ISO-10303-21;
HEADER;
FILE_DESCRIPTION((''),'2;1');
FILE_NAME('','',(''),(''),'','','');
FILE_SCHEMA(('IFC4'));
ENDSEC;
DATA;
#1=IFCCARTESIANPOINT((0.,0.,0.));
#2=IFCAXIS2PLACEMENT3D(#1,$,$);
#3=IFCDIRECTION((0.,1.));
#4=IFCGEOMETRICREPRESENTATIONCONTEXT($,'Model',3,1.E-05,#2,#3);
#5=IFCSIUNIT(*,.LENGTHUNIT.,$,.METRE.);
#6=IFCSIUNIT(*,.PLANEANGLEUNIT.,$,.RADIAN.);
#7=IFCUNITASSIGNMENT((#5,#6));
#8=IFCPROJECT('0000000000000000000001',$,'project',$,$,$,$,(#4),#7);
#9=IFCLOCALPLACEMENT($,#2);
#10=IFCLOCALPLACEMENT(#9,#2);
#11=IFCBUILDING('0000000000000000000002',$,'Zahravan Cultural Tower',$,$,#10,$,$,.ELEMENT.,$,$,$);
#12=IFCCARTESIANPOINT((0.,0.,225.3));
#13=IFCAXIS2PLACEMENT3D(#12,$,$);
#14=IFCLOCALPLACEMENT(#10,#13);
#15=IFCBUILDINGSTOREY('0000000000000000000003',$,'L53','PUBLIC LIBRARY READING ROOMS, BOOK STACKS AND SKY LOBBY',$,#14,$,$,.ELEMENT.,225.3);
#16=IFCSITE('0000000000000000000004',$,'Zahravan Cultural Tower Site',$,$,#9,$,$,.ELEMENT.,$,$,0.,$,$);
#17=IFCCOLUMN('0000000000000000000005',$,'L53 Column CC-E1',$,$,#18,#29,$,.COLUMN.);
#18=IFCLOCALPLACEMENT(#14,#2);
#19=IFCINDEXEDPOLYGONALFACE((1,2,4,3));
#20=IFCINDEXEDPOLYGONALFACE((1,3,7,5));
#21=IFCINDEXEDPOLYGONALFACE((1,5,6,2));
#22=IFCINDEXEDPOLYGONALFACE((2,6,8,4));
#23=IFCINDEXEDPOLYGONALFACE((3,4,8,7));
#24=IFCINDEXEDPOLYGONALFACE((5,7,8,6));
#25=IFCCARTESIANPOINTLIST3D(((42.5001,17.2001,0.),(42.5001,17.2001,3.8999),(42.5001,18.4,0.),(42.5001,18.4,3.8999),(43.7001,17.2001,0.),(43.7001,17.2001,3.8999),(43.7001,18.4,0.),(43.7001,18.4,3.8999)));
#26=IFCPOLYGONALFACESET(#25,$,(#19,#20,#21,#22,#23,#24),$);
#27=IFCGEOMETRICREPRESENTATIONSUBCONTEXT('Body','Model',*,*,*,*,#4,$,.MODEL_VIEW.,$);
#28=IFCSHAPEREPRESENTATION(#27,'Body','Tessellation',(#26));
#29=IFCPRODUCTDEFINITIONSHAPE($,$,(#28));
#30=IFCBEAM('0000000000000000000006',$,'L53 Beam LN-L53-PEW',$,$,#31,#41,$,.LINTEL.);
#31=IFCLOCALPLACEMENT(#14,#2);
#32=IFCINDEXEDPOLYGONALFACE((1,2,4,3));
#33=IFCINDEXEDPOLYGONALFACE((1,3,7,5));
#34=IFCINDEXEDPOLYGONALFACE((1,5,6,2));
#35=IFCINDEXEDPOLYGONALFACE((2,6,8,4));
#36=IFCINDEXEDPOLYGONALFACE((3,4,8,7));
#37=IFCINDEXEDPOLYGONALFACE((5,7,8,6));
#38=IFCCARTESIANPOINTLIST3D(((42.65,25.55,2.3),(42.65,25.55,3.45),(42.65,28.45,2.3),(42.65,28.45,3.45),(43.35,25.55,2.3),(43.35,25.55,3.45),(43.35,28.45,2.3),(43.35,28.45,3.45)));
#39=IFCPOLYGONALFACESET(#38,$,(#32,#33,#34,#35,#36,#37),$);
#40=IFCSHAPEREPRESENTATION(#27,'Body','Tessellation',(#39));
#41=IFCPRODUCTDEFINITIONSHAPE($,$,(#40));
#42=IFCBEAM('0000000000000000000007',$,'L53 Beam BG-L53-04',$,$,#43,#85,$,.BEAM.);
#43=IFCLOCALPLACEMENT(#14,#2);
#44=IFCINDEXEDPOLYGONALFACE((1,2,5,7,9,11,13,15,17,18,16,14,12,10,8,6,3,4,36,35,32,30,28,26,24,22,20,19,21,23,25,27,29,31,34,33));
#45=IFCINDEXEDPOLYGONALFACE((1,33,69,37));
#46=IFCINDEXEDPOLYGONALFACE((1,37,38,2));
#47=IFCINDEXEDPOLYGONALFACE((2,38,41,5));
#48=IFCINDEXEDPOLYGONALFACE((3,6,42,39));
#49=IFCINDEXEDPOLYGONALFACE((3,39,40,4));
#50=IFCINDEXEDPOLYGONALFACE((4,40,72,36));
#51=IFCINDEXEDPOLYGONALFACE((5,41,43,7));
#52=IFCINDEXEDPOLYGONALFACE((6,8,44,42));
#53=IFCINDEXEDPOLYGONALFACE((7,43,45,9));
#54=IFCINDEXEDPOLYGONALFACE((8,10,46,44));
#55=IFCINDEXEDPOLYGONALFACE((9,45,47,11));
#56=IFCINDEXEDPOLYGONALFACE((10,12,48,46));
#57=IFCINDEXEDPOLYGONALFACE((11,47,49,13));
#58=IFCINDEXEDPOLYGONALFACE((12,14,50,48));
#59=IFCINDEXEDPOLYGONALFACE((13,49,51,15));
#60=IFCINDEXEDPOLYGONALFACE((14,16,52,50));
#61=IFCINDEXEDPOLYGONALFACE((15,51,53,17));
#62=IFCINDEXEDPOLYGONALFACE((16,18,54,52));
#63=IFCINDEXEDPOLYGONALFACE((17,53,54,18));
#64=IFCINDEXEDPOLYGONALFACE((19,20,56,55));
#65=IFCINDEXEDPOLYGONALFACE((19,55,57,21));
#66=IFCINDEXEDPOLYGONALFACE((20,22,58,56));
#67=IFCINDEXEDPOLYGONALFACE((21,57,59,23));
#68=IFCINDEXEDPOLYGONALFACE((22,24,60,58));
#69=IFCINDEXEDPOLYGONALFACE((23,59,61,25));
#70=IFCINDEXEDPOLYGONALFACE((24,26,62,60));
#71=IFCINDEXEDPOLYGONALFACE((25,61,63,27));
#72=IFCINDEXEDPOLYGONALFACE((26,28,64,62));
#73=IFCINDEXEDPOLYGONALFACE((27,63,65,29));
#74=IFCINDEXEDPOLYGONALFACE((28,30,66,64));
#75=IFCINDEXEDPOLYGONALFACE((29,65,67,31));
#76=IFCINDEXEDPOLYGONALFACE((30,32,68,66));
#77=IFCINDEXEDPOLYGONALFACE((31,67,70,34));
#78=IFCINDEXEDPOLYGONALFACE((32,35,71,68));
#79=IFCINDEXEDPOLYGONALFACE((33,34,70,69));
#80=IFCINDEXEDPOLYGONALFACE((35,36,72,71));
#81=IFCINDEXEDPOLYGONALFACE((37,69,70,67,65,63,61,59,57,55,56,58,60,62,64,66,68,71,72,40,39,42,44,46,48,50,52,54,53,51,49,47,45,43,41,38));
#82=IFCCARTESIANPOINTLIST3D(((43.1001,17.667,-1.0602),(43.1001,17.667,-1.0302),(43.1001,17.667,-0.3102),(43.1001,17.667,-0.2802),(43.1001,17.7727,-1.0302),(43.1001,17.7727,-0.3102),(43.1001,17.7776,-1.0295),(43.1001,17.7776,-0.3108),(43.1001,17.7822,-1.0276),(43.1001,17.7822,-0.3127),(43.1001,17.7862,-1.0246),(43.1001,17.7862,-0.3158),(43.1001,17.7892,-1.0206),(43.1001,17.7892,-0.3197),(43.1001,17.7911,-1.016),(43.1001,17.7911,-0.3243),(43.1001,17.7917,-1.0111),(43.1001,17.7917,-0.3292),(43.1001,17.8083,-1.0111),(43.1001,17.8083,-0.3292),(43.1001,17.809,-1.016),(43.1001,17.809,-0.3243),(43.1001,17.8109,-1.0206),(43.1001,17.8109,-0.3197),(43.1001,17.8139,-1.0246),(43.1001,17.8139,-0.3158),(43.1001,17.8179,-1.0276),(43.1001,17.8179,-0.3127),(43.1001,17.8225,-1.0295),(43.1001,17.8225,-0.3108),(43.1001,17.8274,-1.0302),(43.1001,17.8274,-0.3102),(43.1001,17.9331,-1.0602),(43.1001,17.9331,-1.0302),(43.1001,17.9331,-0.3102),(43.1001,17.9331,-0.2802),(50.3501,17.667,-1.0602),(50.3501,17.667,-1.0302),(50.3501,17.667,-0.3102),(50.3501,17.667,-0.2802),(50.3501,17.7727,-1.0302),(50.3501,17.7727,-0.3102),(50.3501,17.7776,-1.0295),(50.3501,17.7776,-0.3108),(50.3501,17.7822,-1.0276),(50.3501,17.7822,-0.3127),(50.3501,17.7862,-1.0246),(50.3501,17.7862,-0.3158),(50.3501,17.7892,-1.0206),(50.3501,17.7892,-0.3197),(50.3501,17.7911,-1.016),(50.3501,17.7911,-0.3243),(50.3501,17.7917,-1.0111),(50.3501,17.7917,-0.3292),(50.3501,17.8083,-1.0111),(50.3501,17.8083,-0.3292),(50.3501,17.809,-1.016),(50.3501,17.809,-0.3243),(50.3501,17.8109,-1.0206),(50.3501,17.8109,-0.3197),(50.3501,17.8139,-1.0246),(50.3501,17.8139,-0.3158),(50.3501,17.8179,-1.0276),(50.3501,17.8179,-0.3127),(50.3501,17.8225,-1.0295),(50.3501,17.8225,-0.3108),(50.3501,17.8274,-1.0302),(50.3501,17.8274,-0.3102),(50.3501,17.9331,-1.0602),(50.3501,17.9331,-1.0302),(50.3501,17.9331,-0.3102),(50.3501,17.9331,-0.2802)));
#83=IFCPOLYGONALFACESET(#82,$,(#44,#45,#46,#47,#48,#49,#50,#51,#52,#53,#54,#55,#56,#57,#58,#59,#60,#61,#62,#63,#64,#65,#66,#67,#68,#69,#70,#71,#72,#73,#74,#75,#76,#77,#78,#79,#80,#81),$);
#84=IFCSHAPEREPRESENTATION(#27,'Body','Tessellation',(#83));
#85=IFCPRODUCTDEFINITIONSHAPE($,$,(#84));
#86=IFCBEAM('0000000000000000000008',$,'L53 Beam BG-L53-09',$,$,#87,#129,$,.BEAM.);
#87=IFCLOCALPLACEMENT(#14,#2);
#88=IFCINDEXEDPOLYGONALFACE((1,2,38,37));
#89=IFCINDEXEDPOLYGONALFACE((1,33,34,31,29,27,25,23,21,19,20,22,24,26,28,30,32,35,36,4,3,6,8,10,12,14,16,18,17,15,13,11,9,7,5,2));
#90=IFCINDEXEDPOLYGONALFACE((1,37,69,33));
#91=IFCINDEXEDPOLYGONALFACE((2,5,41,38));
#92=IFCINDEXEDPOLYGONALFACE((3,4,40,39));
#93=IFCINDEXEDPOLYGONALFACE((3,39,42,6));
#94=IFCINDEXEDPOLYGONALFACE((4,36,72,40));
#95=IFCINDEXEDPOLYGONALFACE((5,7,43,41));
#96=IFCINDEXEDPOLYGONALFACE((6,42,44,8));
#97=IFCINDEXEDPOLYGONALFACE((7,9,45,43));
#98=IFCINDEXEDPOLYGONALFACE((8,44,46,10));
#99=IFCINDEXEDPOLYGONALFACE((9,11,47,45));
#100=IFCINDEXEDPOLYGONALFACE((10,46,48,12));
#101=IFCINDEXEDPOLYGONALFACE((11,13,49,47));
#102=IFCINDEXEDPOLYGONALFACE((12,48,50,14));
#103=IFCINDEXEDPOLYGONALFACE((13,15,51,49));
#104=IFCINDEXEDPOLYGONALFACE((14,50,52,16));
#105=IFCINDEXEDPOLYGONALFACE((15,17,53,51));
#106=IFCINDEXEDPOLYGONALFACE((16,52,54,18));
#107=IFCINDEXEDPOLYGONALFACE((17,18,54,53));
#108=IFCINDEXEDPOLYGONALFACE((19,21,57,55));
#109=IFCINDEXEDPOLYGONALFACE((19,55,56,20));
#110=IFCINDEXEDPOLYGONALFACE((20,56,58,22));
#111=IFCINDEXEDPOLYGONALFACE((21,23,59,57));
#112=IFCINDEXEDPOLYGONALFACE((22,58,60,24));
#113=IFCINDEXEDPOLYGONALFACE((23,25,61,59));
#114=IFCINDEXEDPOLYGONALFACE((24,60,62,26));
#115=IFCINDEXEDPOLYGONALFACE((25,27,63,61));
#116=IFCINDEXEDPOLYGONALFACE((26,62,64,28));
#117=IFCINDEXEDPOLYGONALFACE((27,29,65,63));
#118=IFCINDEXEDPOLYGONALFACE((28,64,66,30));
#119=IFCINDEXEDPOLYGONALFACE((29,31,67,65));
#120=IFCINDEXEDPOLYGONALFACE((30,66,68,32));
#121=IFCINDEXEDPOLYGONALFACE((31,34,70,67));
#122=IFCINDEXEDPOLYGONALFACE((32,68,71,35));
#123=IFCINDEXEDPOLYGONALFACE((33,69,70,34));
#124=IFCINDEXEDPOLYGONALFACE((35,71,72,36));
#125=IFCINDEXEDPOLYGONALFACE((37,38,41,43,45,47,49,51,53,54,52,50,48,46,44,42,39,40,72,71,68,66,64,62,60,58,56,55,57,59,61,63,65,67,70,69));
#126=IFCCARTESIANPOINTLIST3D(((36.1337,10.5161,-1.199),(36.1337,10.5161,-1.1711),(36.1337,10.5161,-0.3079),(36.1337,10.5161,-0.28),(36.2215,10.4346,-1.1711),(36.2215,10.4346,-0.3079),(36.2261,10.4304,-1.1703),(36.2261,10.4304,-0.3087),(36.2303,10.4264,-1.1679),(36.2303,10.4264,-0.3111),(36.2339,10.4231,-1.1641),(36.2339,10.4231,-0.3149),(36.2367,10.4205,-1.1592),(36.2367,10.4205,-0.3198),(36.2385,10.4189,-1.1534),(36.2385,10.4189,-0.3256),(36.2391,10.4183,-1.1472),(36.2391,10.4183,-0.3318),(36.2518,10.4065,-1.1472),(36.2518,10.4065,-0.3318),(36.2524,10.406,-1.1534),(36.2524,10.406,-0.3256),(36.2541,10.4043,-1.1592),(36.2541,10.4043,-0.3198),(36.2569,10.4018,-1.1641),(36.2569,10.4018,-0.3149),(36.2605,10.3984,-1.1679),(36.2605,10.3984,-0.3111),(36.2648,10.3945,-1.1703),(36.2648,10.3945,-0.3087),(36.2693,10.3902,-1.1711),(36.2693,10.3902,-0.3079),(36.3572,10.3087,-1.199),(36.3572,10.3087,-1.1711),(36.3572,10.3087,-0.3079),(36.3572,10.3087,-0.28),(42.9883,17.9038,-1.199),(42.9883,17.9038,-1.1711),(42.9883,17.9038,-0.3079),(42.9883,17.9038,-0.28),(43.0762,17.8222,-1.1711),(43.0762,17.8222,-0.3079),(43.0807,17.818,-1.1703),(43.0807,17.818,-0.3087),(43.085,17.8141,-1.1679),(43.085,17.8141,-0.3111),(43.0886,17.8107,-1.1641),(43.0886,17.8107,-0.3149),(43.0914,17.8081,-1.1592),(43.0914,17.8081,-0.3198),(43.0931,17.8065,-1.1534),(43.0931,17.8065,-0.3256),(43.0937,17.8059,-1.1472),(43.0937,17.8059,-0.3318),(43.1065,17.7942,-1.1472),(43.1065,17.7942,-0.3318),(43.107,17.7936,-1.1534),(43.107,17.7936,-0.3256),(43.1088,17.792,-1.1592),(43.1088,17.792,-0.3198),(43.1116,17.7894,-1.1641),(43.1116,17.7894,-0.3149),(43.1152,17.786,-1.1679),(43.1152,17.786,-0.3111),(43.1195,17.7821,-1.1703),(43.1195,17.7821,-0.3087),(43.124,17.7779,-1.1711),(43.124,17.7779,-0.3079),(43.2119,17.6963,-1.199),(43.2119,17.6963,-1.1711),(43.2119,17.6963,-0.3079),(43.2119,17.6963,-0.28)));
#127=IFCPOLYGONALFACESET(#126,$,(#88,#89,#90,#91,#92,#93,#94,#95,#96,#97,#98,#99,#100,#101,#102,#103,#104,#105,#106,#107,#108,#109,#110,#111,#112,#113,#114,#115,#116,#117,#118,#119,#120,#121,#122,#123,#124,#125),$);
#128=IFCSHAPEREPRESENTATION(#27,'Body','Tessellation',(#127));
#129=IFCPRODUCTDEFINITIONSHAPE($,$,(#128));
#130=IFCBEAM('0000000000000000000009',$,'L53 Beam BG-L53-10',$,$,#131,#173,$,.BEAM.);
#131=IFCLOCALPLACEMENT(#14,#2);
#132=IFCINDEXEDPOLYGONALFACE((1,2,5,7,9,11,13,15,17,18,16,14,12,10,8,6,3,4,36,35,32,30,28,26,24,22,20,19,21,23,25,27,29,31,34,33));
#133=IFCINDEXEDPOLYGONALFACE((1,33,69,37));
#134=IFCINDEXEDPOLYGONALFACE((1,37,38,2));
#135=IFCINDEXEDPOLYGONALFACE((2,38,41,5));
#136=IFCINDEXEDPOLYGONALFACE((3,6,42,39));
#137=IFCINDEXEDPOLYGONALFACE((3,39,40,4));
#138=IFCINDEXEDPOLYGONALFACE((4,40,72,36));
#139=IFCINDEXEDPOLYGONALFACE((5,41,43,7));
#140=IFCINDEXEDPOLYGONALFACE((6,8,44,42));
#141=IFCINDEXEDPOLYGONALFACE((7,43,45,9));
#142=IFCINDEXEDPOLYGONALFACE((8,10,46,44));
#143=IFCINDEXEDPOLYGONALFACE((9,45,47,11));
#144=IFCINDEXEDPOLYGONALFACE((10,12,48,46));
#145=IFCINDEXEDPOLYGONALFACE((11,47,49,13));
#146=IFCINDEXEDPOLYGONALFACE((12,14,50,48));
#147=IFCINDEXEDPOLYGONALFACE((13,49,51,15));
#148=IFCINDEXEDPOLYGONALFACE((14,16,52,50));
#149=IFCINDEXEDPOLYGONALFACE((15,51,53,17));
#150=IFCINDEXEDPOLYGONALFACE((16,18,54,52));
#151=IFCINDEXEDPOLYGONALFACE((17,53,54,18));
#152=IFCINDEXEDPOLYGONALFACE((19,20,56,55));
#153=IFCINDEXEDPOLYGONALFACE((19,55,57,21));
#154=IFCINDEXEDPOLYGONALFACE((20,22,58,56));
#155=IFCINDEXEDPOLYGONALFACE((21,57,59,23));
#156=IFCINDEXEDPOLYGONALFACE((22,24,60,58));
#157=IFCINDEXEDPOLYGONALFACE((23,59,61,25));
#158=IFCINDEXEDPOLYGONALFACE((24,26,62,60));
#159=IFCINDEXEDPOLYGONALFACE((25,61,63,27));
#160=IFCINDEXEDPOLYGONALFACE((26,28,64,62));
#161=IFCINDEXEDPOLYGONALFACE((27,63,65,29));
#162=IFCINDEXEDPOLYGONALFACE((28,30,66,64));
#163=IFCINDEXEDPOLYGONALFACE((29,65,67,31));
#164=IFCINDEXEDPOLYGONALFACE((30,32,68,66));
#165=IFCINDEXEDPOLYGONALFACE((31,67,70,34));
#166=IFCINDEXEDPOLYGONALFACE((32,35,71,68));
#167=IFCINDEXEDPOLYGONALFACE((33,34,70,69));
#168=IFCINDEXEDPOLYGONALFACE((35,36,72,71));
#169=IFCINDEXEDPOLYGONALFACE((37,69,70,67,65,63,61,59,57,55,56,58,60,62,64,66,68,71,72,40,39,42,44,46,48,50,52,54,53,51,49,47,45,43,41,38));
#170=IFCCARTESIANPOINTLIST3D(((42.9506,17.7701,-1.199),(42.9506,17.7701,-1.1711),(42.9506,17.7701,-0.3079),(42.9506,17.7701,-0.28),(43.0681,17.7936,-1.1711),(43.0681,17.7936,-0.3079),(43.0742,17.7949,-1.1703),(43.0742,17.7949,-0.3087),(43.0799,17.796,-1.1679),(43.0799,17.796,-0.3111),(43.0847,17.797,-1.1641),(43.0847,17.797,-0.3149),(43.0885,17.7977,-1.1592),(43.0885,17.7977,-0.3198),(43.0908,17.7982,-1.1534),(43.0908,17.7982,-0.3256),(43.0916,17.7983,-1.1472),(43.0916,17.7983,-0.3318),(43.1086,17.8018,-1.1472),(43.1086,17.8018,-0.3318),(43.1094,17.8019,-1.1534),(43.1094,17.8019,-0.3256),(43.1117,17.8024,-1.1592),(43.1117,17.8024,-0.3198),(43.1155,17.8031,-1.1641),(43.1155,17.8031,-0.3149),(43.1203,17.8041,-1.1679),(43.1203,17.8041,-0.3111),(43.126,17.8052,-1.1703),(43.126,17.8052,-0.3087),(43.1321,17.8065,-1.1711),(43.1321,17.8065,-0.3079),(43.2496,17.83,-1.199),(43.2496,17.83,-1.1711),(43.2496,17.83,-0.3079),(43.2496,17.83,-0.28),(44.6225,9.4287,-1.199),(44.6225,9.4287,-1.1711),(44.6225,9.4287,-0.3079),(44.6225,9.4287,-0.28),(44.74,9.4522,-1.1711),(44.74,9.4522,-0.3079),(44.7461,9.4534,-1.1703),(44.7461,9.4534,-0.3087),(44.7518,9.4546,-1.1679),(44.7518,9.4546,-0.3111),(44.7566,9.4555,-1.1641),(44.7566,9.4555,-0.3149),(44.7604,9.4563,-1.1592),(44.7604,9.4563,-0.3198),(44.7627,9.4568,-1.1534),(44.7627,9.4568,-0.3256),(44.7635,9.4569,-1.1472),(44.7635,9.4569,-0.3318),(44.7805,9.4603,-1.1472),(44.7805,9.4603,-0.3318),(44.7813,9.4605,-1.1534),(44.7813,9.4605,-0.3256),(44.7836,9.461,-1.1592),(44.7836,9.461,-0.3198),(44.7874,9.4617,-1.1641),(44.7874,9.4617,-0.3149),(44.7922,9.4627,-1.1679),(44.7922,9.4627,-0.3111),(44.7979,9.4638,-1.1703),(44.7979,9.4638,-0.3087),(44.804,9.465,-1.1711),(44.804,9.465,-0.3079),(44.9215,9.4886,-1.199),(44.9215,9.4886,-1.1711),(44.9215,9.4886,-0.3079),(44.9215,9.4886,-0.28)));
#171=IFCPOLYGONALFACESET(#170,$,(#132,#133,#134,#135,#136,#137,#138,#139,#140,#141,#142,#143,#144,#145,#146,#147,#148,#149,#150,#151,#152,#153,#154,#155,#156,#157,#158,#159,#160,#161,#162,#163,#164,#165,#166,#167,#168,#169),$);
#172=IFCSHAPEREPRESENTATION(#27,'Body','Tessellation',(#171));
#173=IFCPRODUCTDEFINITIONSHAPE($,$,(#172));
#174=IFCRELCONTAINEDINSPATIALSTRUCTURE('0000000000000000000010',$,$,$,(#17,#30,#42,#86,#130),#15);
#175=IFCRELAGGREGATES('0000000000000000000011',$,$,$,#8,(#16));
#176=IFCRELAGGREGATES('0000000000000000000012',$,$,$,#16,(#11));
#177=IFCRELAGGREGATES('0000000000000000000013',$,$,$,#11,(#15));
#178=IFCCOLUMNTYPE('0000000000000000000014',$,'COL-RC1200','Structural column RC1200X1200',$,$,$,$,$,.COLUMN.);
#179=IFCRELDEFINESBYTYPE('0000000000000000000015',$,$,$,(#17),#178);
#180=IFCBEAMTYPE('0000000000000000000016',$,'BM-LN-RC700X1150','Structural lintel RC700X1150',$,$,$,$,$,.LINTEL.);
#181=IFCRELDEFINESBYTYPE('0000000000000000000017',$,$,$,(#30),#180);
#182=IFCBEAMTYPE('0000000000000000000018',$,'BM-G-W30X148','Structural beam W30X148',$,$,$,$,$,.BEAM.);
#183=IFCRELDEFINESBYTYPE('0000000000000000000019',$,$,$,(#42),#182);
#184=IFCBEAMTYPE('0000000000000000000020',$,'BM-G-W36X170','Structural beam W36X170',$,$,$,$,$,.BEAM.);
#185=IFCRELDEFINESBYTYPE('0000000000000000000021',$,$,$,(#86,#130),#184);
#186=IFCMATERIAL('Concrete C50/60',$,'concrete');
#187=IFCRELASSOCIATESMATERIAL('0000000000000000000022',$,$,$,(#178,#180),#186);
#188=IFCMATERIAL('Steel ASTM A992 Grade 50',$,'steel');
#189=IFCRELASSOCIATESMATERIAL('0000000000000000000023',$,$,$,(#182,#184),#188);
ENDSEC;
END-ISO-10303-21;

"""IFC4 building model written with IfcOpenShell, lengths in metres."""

from ifc_helpers import new_model, si_unit, direction, frame, origin, origin_2d, place, context, subcontext, project, spatial, rectangle, i_section, extrude, source, transform, mapped, material, material_profile, profile_set, type_object, element, save


model = new_model("IFC4")

# Units and contexts
model_context = context("Model", 3, precision=1e-05, world=origin(), true_north=direction((0.0, 1.0)))
body_context = subcontext(model_context, "Body", "Model", "MODEL_VIEW")
ifc_project = project(units=[si_unit("LENGTHUNIT", "METRE"), si_unit("PLANEANGLEUNIT", "RADIAN")], contexts=[model_context])

# Site, building, storey
site_placement = place(None, origin())
site = spatial("IfcSite", under=ifc_project, at=site_placement, Name="Zahravan Cultural Tower Site", CompositionType="ELEMENT", RefElevation=0.0)
building_placement = place(site_placement, origin())
building = spatial("IfcBuilding", under=site, at=building_placement, Name="Zahravan Cultural Tower", CompositionType="ELEMENT")
storey_placement = place(building_placement, frame((0.0, 0.0, 225.3)))
storey = spatial("IfcBuildingStorey", under=building, at=storey_placement, Name="L53", Description="PUBLIC LIBRARY READING ROOMS, BOOK STACKS AND SKY LOBBY", CompositionType="ELEMENT", Elevation=225.3)

# Column
ifc_material_1 = material(Name="Concrete C50/60", Category="concrete")
ifc_material_profile_1 = material_profile(ifc_material_1, rectangle(XDim=1.2, YDim=1.2, at=origin_2d()), Name="RC1200X1200")
ifc_profile_set_1 = profile_set([ifc_material_profile_1], Name="Concrete C50/60")
column_type = type_object("IfcColumnType", Name="COL-RC1200", Description="Structural column RC1200X1200", PredefinedType="COLUMN", material=ifc_profile_set_1)
shared_shape_1 = source(origin(), body_context, "Body", "SweptSolid", [
    extrude(rectangle(XDim=1.2, YDim=1.2, at=origin_2d()), origin(), (0.0, 0.0, 1.0), 3.8999),
])
column_placement = place(storey_placement, frame((43.1001, 17.8, 0.0), z_axis=(0.0, 0.0, 1.0), x_axis=(1.0, 0.0, 0.0)))
element("IfcColumn", 1, at=column_placement, inside=storey, type_object=column_type, Name="L53 Column CC-E1", PredefinedType="COLUMN", context=body_context, shape_type="MappedRepresentation", body=[
    mapped(shared_shape_1, transform((0.0, 0.0, 0.0), x_axis=(1.0, 0.0, 0.0), y_axis=(0.0, 1.0, 0.0), z_axis=(0.0, 0.0, 1.0), scale=1.0)),
])

# Beams
ifc_material_profile_2 = material_profile(ifc_material_1, rectangle(XDim=0.7, YDim=1.1499, at=origin_2d()), Name="RC700X1150")
ifc_profile_set_2 = profile_set([ifc_material_profile_2], Name="Concrete C50/60")
beam_type_1 = type_object("IfcBeamType", Name="BM-LN-RC700X1150", Description="Structural lintel RC700X1150", PredefinedType="LINTEL", material=ifc_profile_set_2)
shared_shape_2 = source(origin(), body_context, "Body", "SweptSolid", [
    extrude(rectangle(XDim=0.7, YDim=1.1499, at=origin_2d()), origin(), (0.0, 0.0, 1.0), 2.8999),
])
beam_1_placement = place(storey_placement, frame((43.0, 25.55, 2.875), z_axis=(0.0, 1.0, 0.0), x_axis=(-1.0, 0.0, 0.0)))
element("IfcBeam", 2, at=beam_1_placement, inside=storey, type_object=beam_type_1, Name="L53 Beam LN-L53-PEW", PredefinedType="LINTEL", context=body_context, shape_type="MappedRepresentation", body=[
    mapped(shared_shape_2, transform((0.0, 0.0, 0.0), x_axis=(1.0, 0.0, 0.0), y_axis=(0.0, 1.0, 0.0), z_axis=(0.0, 0.0, 1.0), scale=1.0)),
])
ifc_material_2 = material(Name="Steel ASTM A992 Grade 50", Category="steel")
ifc_material_profile_3 = material_profile(ifc_material_2, i_section(OverallWidth=0.2661, OverallDepth=0.78, WebThickness=0.0166, FlangeThickness=0.03, FilletRadius=0.019, at=origin_2d()), Name="W30X148")
ifc_profile_set_3 = profile_set([ifc_material_profile_3], Name="Steel ASTM A992 Grade 50")
beam_type_2 = type_object("IfcBeamType", Name="BM-G-W30X148", Description="Structural beam W30X148", PredefinedType="BEAM", material=ifc_profile_set_3)
shared_shape_3 = source(origin(), body_context, "Body", "SweptSolid", [
    extrude(i_section(OverallWidth=0.2661, OverallDepth=0.78, WebThickness=0.0166, FlangeThickness=0.03, FilletRadius=0.019, at=origin_2d()), origin(), (0.0, 0.0, 1.0), 7.25),
])
beam_2_placement = place(storey_placement, frame((43.1001, 17.8, -0.6702), z_axis=(1.0, 0.0, 0.0), x_axis=(0.0, 1.0, 0.0)))
element("IfcBeam", 3, at=beam_2_placement, inside=storey, type_object=beam_type_2, Name="L53 Beam BG-L53-04", PredefinedType="BEAM", context=body_context, shape_type="MappedRepresentation", body=[
    mapped(shared_shape_3, transform((0.0, 0.0, 0.0), x_axis=(1.0, 0.0, 0.0), y_axis=(0.0, 1.0, 0.0), z_axis=(0.0, 0.0, 1.0), scale=1.0)),
])
ifc_material_profile_4 = material_profile(ifc_material_2, i_section(OverallWidth=0.3049, OverallDepth=0.9189, WebThickness=0.0173, FlangeThickness=0.0278, FilletRadius=0.0239, at=origin_2d()), Name="W36X170")
ifc_profile_set_4 = profile_set([ifc_material_profile_4], Name="Steel ASTM A992 Grade 50")
beam_type_3 = type_object("IfcBeamType", Name="BM-G-W36X170", Description="Structural beam W36X170", PredefinedType="BEAM", material=ifc_profile_set_4)
shared_shape_4 = source(origin(), body_context, "Body", "SweptSolid", [
    extrude(i_section(OverallWidth=0.3049, OverallDepth=0.9189, WebThickness=0.0173, FlangeThickness=0.0278, FilletRadius=0.0239, at=origin_2d()), origin(), (0.0, 0.0, 1.0), 10.0779),
])
beam_3_placement = place(storey_placement, frame((43.1001, 17.8, -0.7395), z_axis=(-0.68017, -0.733054, 0.0), x_axis=(0.733054, -0.68017, 0.0)))
element("IfcBeam", 4, at=beam_3_placement, inside=storey, type_object=beam_type_3, Name="L53 Beam BG-L53-09", PredefinedType="BEAM", context=body_context, shape_type="MappedRepresentation", body=[
    mapped(shared_shape_4, transform((0.0, 0.0, 0.0), x_axis=(1.0, 0.0, 0.0), y_axis=(0.0, 1.0, 0.0), z_axis=(0.0, 0.0, 1.0), scale=1.0)),
])
shared_shape_5 = source(origin(), body_context, "Body", "SweptSolid", [
    extrude(i_section(OverallWidth=0.3049, OverallDepth=0.9189, WebThickness=0.0173, FlangeThickness=0.0278, FilletRadius=0.0239, at=origin_2d()), origin(), (0.0, 0.0, 1.0), 8.5073),
])
beam_4_placement = place(storey_placement, frame((43.1001, 17.8, -0.7395), z_axis=(0.196525, -0.980499, 0.0), x_axis=(0.980499, 0.196525, 0.0)))
element("IfcBeam", 5, at=beam_4_placement, inside=storey, type_object=beam_type_3, Name="L53 Beam BG-L53-10", PredefinedType="BEAM", context=body_context, shape_type="MappedRepresentation", body=[
    mapped(shared_shape_5, transform((0.0, 0.0, 0.0), x_axis=(1.0, 0.0, 0.0), y_axis=(0.0, 1.0, 0.0), z_axis=(0.0, 0.0, 1.0), scale=1.0)),
])

save(model, "model.ifc")
